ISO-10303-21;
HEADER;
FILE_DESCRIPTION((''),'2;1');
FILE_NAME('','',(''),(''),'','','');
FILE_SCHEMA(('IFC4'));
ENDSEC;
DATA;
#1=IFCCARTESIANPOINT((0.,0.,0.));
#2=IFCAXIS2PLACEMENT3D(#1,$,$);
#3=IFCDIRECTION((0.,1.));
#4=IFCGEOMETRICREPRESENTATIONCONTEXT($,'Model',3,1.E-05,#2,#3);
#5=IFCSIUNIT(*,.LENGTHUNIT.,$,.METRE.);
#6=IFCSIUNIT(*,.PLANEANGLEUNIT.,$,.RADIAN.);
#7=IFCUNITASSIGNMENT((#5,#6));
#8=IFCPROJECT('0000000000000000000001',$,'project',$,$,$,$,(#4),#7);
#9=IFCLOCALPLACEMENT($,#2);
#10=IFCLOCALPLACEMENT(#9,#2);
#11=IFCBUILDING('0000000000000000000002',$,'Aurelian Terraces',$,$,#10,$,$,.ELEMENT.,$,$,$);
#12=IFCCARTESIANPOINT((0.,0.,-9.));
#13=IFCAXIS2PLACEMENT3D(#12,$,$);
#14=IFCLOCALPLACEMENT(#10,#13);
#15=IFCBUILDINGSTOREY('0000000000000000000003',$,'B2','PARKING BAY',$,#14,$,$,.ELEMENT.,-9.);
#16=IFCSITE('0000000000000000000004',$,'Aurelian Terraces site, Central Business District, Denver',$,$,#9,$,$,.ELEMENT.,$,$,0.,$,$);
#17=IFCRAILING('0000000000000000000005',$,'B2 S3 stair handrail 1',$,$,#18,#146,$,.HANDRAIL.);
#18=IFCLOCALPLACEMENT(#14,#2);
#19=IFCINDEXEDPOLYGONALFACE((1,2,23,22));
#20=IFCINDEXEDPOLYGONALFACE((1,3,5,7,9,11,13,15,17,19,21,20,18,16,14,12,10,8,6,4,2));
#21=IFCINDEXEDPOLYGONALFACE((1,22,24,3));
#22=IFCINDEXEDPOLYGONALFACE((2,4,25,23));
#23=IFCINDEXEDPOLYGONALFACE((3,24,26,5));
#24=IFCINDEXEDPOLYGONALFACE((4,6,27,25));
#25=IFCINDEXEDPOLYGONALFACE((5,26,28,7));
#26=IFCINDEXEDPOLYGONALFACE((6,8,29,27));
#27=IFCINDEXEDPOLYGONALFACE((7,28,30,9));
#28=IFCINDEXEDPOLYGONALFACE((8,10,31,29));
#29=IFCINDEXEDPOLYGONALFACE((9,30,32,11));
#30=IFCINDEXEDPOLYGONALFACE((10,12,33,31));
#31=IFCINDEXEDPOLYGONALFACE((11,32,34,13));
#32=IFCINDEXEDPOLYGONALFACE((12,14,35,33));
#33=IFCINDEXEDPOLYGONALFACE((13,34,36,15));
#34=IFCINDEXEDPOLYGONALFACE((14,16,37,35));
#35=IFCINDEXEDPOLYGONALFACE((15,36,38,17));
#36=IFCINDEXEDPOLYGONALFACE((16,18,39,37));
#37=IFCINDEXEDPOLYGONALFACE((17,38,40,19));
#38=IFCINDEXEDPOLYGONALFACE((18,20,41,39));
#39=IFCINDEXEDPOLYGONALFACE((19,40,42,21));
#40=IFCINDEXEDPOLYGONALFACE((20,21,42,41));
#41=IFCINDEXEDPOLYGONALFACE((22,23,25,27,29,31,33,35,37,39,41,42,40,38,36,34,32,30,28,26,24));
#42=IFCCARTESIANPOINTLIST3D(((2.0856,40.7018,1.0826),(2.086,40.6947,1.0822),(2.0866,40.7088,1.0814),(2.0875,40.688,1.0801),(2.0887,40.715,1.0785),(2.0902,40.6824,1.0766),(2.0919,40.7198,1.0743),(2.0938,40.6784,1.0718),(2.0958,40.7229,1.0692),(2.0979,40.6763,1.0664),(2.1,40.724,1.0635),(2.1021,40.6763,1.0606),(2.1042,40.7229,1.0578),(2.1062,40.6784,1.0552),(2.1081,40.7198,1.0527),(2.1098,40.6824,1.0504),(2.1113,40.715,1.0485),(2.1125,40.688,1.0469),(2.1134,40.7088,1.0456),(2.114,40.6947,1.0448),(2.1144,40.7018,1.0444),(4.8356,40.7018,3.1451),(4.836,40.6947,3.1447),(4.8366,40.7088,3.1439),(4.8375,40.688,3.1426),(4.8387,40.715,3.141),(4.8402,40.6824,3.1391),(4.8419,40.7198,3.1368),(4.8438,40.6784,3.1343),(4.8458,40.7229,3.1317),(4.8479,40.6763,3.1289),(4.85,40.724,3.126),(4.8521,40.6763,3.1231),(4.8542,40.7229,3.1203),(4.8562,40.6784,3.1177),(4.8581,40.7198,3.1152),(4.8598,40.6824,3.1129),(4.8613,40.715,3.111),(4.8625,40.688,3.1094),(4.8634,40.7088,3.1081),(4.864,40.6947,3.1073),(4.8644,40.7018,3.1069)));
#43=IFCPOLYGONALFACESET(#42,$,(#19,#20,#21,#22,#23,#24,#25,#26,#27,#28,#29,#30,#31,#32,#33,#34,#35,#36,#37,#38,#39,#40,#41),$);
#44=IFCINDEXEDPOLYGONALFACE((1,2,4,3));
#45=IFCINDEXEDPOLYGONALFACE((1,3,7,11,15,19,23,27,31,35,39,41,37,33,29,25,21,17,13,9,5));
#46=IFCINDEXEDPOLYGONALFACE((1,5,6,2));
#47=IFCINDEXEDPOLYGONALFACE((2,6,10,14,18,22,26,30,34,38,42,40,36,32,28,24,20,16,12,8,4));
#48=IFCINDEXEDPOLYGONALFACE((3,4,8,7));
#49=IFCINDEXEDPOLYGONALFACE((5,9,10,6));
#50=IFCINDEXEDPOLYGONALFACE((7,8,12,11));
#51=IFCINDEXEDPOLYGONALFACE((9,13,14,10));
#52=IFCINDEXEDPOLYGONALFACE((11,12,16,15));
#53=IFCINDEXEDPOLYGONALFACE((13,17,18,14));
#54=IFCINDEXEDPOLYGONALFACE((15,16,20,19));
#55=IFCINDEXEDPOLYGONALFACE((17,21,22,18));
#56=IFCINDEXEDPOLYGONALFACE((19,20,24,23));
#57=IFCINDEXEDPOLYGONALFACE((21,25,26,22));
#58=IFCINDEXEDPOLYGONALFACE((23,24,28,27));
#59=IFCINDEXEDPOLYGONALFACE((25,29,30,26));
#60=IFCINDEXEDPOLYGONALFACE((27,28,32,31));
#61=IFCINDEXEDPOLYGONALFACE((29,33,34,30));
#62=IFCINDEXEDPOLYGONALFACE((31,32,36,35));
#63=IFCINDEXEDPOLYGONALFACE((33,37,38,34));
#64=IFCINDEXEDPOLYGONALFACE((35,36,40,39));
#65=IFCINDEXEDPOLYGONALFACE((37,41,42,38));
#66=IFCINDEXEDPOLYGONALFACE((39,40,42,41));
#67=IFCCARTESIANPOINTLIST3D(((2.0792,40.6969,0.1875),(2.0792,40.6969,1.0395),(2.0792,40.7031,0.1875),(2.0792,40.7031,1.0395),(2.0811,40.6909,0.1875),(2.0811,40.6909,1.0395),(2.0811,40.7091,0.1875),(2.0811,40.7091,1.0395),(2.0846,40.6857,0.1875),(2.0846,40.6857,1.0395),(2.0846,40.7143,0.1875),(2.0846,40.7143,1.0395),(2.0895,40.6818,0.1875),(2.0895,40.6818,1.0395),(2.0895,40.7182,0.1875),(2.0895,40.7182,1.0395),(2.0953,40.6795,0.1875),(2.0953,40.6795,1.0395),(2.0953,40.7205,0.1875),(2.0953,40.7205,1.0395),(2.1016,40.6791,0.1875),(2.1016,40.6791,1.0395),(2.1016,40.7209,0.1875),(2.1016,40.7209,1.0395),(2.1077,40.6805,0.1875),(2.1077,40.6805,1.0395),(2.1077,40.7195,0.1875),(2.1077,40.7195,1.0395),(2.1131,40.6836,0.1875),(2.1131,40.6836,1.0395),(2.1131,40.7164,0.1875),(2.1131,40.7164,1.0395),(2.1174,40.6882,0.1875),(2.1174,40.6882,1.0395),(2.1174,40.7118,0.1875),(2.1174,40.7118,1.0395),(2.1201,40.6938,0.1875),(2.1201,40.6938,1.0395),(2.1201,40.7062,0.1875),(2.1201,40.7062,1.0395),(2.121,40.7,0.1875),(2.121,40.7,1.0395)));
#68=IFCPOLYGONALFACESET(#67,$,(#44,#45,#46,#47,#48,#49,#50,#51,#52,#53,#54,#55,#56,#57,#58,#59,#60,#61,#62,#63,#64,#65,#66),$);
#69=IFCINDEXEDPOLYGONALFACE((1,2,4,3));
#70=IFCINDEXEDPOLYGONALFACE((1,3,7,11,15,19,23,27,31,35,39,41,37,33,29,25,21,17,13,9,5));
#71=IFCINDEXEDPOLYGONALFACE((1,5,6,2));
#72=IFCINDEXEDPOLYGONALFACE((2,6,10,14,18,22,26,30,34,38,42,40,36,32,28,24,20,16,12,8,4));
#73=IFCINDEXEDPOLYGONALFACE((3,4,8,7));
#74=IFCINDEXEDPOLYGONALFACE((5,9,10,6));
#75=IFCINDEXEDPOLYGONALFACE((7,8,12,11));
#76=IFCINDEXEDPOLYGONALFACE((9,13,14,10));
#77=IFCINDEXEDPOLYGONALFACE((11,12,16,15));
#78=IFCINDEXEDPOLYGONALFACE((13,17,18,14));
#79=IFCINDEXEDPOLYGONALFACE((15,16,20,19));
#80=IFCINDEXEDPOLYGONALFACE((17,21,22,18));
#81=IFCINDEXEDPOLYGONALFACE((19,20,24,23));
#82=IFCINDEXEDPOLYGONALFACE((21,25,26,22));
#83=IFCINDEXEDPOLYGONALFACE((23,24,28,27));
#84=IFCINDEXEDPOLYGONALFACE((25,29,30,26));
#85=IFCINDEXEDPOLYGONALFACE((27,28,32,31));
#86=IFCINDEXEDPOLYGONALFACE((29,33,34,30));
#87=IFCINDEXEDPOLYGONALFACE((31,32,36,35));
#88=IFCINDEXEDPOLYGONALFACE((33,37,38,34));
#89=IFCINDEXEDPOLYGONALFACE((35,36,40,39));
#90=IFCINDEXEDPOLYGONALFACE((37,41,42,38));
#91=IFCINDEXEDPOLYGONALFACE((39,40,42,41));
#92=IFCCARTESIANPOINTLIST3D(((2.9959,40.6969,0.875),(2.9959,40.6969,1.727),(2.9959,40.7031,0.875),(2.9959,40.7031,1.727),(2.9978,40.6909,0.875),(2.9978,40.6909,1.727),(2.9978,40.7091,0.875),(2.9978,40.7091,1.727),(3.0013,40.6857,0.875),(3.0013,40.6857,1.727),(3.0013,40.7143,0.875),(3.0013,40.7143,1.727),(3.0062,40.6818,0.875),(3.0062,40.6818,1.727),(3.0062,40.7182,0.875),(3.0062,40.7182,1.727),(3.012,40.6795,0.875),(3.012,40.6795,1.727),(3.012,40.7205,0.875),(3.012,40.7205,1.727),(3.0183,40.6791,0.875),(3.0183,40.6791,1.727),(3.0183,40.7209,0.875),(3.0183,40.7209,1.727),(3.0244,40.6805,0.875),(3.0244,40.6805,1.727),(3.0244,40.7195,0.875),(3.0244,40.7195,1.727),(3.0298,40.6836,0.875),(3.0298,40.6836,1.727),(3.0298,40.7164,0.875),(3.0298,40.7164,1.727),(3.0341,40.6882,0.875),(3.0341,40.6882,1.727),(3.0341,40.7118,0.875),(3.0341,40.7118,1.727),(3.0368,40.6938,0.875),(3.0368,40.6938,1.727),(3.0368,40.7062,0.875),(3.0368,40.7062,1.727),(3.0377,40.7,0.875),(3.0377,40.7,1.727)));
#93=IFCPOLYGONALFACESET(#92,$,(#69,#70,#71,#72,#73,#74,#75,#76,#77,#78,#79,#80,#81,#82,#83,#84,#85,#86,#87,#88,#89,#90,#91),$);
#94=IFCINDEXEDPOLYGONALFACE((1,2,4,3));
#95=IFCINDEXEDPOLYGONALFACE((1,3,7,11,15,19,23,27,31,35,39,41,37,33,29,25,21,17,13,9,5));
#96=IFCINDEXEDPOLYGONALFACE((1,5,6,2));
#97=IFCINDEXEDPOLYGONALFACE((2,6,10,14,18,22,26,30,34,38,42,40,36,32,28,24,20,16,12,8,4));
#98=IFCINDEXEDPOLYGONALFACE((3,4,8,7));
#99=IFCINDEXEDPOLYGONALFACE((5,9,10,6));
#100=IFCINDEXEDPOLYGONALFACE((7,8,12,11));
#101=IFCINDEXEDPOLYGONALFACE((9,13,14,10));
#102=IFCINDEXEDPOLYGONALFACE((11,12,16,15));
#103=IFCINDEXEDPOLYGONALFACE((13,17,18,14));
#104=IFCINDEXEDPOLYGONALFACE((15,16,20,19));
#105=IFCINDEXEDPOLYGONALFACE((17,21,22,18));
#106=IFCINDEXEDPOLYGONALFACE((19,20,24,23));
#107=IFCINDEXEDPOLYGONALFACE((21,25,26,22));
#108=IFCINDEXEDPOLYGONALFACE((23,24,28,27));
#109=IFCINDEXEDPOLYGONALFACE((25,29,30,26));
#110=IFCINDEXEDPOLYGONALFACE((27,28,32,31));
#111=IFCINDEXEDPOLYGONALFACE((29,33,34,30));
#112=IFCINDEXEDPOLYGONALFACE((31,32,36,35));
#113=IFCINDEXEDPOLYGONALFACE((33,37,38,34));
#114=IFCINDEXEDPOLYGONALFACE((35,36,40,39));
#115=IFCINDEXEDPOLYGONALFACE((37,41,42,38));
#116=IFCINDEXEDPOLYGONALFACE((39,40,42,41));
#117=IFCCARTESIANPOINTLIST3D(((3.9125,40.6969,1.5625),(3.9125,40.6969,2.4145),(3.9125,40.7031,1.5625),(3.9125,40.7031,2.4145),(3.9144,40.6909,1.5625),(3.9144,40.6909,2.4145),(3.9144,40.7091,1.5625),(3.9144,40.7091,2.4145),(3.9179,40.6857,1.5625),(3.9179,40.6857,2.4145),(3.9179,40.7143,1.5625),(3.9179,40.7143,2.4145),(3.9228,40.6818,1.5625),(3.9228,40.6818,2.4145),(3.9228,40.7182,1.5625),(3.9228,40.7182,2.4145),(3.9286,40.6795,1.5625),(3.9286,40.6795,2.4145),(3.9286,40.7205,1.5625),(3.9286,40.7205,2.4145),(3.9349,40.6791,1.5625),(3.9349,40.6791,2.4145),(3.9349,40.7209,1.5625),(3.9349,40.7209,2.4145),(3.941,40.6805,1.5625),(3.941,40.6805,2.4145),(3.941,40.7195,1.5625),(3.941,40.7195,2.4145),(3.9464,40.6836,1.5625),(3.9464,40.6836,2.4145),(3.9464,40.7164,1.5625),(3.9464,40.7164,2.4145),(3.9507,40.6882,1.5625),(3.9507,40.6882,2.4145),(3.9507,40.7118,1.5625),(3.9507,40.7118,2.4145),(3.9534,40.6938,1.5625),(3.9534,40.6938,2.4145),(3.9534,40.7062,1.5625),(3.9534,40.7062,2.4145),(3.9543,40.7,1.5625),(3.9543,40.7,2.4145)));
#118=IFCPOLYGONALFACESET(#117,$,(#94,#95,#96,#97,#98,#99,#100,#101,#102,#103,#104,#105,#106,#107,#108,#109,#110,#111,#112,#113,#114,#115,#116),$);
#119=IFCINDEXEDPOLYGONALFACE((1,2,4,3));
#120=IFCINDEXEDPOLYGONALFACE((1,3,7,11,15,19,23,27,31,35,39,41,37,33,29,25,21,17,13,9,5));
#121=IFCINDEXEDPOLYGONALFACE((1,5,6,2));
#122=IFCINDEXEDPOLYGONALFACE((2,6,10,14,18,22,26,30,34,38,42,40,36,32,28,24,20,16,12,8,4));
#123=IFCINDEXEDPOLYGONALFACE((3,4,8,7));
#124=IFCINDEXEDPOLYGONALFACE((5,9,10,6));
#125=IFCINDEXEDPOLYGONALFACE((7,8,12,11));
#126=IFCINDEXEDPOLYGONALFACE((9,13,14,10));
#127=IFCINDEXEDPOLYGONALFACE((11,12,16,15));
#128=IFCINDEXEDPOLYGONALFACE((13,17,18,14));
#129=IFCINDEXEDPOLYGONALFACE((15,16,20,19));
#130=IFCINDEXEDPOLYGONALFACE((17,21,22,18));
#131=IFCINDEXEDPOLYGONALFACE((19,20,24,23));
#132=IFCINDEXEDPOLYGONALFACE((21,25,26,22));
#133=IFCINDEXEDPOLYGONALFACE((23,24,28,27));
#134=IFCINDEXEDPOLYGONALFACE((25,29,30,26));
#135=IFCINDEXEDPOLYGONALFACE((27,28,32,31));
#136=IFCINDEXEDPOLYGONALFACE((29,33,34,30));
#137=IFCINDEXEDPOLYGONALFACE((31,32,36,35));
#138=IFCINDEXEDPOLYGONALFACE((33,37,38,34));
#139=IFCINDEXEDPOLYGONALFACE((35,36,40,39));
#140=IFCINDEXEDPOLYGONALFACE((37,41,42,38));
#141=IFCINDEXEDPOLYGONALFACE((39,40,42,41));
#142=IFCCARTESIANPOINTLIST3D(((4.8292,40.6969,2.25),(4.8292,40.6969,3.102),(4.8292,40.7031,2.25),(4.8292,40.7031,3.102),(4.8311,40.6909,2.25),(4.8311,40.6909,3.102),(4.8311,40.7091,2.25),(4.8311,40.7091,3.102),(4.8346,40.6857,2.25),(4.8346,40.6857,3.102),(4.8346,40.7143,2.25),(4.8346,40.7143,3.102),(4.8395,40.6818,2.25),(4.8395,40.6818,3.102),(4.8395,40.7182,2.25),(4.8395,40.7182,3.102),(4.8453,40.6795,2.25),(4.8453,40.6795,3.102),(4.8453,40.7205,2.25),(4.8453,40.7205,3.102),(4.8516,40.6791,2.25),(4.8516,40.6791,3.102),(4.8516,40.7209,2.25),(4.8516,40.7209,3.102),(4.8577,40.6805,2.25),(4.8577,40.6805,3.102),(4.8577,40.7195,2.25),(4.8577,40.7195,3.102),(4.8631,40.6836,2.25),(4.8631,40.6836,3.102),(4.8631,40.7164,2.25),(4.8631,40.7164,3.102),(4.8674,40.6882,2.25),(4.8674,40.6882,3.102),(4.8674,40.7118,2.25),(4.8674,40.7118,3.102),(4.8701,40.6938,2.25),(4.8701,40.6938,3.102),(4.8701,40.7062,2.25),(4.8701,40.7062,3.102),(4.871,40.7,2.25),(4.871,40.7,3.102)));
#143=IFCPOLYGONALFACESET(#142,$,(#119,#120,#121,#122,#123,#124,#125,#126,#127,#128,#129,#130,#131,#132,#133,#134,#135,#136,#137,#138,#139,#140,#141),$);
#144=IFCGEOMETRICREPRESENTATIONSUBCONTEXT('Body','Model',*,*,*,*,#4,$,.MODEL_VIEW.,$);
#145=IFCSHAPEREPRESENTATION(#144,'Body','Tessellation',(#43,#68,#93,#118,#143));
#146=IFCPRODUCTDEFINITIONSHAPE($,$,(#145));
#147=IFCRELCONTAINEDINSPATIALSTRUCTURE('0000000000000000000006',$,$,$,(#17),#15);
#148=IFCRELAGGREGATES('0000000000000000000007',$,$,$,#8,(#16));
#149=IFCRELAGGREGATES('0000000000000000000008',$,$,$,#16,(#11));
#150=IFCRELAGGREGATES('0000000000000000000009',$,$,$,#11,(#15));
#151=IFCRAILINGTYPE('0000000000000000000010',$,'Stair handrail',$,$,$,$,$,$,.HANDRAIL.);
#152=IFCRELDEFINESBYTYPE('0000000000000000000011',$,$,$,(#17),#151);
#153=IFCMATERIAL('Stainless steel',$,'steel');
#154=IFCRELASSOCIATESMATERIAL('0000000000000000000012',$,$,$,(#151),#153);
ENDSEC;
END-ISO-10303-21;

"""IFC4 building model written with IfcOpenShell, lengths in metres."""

from ifc_helpers import new_model, si_unit, direction, frame, origin, origin_2d, place, context, subcontext, project, spatial, circle, extrude, source, transform, mapped, material, type_object, element, save


model = new_model("IFC4")

# Units and contexts
model_context = context("Model", 3, precision=1e-05, world=origin(), true_north=direction((0.0, 1.0)))
body_context = subcontext(model_context, "Body", "Model", "MODEL_VIEW")
ifc_project = project(units=[si_unit("LENGTHUNIT", "METRE"), si_unit("PLANEANGLEUNIT", "RADIAN")], contexts=[model_context])

# Site, building, storey
site_placement = place(None, origin())
site = spatial("IfcSite", under=ifc_project, at=site_placement, Name="Aurelian Terraces site, Central Business District, Denver", CompositionType="ELEMENT", RefElevation=0.0)
building_placement = place(site_placement, origin())
building = spatial("IfcBuilding", under=site, at=building_placement, Name="Aurelian Terraces", CompositionType="ELEMENT")
storey_placement = place(building_placement, frame((0.0, 0.0, -9.0)))
storey = spatial("IfcBuildingStorey", under=building, at=storey_placement, Name="B2", Description="PARKING BAY", CompositionType="ELEMENT", Elevation=-9.0)

# Railing
ifc_material_1 = material(Name="Stainless steel", Category="steel")
railing_type_1 = type_object("IfcRailingType", Name="Stair handrail", PredefinedType="HANDRAIL", material=ifc_material_1)
shared_shape_1 = source(origin(), body_context, "Body", "SweptSolid", [
    extrude(circle(Radius=0.024, at=origin_2d()), frame((0.0, 0.0, 0.876), z_axis=(0.8, 0.0, 0.6), x_axis=(0.0, 1.0, 0.0)), (0.0, 0.0, 1.0), 3.4375),
    extrude(circle(Radius=0.021, at=origin_2d()), origin(), (0.0, 0.0, 1.0), 0.852),
    extrude(circle(Radius=0.021, at=origin_2d()), frame((0.9167, 0.0, 0.6875)), (0.0, 0.0, 1.0), 0.852),
    extrude(circle(Radius=0.021, at=origin_2d()), frame((1.8333, 0.0, 1.375)), (0.0, 0.0, 1.0), 0.852),
    extrude(circle(Radius=0.021, at=origin_2d()), frame((2.75, 0.0, 2.0625)), (0.0, 0.0, 1.0), 0.852),
])
railing_1_placement = place(storey_placement, frame((2.1, 40.7, 0.1875)))
element("IfcRailing", 1, at=railing_1_placement, inside=storey, type_object=railing_type_1, Name="B2 S3 stair handrail 1", PredefinedType="HANDRAIL", context=body_context, shape_type="MappedRepresentation", body=[
    mapped(shared_shape_1, transform((0.0, 0.0, 0.0), scale=1.0)),
])

save(model, "model.ifc")
